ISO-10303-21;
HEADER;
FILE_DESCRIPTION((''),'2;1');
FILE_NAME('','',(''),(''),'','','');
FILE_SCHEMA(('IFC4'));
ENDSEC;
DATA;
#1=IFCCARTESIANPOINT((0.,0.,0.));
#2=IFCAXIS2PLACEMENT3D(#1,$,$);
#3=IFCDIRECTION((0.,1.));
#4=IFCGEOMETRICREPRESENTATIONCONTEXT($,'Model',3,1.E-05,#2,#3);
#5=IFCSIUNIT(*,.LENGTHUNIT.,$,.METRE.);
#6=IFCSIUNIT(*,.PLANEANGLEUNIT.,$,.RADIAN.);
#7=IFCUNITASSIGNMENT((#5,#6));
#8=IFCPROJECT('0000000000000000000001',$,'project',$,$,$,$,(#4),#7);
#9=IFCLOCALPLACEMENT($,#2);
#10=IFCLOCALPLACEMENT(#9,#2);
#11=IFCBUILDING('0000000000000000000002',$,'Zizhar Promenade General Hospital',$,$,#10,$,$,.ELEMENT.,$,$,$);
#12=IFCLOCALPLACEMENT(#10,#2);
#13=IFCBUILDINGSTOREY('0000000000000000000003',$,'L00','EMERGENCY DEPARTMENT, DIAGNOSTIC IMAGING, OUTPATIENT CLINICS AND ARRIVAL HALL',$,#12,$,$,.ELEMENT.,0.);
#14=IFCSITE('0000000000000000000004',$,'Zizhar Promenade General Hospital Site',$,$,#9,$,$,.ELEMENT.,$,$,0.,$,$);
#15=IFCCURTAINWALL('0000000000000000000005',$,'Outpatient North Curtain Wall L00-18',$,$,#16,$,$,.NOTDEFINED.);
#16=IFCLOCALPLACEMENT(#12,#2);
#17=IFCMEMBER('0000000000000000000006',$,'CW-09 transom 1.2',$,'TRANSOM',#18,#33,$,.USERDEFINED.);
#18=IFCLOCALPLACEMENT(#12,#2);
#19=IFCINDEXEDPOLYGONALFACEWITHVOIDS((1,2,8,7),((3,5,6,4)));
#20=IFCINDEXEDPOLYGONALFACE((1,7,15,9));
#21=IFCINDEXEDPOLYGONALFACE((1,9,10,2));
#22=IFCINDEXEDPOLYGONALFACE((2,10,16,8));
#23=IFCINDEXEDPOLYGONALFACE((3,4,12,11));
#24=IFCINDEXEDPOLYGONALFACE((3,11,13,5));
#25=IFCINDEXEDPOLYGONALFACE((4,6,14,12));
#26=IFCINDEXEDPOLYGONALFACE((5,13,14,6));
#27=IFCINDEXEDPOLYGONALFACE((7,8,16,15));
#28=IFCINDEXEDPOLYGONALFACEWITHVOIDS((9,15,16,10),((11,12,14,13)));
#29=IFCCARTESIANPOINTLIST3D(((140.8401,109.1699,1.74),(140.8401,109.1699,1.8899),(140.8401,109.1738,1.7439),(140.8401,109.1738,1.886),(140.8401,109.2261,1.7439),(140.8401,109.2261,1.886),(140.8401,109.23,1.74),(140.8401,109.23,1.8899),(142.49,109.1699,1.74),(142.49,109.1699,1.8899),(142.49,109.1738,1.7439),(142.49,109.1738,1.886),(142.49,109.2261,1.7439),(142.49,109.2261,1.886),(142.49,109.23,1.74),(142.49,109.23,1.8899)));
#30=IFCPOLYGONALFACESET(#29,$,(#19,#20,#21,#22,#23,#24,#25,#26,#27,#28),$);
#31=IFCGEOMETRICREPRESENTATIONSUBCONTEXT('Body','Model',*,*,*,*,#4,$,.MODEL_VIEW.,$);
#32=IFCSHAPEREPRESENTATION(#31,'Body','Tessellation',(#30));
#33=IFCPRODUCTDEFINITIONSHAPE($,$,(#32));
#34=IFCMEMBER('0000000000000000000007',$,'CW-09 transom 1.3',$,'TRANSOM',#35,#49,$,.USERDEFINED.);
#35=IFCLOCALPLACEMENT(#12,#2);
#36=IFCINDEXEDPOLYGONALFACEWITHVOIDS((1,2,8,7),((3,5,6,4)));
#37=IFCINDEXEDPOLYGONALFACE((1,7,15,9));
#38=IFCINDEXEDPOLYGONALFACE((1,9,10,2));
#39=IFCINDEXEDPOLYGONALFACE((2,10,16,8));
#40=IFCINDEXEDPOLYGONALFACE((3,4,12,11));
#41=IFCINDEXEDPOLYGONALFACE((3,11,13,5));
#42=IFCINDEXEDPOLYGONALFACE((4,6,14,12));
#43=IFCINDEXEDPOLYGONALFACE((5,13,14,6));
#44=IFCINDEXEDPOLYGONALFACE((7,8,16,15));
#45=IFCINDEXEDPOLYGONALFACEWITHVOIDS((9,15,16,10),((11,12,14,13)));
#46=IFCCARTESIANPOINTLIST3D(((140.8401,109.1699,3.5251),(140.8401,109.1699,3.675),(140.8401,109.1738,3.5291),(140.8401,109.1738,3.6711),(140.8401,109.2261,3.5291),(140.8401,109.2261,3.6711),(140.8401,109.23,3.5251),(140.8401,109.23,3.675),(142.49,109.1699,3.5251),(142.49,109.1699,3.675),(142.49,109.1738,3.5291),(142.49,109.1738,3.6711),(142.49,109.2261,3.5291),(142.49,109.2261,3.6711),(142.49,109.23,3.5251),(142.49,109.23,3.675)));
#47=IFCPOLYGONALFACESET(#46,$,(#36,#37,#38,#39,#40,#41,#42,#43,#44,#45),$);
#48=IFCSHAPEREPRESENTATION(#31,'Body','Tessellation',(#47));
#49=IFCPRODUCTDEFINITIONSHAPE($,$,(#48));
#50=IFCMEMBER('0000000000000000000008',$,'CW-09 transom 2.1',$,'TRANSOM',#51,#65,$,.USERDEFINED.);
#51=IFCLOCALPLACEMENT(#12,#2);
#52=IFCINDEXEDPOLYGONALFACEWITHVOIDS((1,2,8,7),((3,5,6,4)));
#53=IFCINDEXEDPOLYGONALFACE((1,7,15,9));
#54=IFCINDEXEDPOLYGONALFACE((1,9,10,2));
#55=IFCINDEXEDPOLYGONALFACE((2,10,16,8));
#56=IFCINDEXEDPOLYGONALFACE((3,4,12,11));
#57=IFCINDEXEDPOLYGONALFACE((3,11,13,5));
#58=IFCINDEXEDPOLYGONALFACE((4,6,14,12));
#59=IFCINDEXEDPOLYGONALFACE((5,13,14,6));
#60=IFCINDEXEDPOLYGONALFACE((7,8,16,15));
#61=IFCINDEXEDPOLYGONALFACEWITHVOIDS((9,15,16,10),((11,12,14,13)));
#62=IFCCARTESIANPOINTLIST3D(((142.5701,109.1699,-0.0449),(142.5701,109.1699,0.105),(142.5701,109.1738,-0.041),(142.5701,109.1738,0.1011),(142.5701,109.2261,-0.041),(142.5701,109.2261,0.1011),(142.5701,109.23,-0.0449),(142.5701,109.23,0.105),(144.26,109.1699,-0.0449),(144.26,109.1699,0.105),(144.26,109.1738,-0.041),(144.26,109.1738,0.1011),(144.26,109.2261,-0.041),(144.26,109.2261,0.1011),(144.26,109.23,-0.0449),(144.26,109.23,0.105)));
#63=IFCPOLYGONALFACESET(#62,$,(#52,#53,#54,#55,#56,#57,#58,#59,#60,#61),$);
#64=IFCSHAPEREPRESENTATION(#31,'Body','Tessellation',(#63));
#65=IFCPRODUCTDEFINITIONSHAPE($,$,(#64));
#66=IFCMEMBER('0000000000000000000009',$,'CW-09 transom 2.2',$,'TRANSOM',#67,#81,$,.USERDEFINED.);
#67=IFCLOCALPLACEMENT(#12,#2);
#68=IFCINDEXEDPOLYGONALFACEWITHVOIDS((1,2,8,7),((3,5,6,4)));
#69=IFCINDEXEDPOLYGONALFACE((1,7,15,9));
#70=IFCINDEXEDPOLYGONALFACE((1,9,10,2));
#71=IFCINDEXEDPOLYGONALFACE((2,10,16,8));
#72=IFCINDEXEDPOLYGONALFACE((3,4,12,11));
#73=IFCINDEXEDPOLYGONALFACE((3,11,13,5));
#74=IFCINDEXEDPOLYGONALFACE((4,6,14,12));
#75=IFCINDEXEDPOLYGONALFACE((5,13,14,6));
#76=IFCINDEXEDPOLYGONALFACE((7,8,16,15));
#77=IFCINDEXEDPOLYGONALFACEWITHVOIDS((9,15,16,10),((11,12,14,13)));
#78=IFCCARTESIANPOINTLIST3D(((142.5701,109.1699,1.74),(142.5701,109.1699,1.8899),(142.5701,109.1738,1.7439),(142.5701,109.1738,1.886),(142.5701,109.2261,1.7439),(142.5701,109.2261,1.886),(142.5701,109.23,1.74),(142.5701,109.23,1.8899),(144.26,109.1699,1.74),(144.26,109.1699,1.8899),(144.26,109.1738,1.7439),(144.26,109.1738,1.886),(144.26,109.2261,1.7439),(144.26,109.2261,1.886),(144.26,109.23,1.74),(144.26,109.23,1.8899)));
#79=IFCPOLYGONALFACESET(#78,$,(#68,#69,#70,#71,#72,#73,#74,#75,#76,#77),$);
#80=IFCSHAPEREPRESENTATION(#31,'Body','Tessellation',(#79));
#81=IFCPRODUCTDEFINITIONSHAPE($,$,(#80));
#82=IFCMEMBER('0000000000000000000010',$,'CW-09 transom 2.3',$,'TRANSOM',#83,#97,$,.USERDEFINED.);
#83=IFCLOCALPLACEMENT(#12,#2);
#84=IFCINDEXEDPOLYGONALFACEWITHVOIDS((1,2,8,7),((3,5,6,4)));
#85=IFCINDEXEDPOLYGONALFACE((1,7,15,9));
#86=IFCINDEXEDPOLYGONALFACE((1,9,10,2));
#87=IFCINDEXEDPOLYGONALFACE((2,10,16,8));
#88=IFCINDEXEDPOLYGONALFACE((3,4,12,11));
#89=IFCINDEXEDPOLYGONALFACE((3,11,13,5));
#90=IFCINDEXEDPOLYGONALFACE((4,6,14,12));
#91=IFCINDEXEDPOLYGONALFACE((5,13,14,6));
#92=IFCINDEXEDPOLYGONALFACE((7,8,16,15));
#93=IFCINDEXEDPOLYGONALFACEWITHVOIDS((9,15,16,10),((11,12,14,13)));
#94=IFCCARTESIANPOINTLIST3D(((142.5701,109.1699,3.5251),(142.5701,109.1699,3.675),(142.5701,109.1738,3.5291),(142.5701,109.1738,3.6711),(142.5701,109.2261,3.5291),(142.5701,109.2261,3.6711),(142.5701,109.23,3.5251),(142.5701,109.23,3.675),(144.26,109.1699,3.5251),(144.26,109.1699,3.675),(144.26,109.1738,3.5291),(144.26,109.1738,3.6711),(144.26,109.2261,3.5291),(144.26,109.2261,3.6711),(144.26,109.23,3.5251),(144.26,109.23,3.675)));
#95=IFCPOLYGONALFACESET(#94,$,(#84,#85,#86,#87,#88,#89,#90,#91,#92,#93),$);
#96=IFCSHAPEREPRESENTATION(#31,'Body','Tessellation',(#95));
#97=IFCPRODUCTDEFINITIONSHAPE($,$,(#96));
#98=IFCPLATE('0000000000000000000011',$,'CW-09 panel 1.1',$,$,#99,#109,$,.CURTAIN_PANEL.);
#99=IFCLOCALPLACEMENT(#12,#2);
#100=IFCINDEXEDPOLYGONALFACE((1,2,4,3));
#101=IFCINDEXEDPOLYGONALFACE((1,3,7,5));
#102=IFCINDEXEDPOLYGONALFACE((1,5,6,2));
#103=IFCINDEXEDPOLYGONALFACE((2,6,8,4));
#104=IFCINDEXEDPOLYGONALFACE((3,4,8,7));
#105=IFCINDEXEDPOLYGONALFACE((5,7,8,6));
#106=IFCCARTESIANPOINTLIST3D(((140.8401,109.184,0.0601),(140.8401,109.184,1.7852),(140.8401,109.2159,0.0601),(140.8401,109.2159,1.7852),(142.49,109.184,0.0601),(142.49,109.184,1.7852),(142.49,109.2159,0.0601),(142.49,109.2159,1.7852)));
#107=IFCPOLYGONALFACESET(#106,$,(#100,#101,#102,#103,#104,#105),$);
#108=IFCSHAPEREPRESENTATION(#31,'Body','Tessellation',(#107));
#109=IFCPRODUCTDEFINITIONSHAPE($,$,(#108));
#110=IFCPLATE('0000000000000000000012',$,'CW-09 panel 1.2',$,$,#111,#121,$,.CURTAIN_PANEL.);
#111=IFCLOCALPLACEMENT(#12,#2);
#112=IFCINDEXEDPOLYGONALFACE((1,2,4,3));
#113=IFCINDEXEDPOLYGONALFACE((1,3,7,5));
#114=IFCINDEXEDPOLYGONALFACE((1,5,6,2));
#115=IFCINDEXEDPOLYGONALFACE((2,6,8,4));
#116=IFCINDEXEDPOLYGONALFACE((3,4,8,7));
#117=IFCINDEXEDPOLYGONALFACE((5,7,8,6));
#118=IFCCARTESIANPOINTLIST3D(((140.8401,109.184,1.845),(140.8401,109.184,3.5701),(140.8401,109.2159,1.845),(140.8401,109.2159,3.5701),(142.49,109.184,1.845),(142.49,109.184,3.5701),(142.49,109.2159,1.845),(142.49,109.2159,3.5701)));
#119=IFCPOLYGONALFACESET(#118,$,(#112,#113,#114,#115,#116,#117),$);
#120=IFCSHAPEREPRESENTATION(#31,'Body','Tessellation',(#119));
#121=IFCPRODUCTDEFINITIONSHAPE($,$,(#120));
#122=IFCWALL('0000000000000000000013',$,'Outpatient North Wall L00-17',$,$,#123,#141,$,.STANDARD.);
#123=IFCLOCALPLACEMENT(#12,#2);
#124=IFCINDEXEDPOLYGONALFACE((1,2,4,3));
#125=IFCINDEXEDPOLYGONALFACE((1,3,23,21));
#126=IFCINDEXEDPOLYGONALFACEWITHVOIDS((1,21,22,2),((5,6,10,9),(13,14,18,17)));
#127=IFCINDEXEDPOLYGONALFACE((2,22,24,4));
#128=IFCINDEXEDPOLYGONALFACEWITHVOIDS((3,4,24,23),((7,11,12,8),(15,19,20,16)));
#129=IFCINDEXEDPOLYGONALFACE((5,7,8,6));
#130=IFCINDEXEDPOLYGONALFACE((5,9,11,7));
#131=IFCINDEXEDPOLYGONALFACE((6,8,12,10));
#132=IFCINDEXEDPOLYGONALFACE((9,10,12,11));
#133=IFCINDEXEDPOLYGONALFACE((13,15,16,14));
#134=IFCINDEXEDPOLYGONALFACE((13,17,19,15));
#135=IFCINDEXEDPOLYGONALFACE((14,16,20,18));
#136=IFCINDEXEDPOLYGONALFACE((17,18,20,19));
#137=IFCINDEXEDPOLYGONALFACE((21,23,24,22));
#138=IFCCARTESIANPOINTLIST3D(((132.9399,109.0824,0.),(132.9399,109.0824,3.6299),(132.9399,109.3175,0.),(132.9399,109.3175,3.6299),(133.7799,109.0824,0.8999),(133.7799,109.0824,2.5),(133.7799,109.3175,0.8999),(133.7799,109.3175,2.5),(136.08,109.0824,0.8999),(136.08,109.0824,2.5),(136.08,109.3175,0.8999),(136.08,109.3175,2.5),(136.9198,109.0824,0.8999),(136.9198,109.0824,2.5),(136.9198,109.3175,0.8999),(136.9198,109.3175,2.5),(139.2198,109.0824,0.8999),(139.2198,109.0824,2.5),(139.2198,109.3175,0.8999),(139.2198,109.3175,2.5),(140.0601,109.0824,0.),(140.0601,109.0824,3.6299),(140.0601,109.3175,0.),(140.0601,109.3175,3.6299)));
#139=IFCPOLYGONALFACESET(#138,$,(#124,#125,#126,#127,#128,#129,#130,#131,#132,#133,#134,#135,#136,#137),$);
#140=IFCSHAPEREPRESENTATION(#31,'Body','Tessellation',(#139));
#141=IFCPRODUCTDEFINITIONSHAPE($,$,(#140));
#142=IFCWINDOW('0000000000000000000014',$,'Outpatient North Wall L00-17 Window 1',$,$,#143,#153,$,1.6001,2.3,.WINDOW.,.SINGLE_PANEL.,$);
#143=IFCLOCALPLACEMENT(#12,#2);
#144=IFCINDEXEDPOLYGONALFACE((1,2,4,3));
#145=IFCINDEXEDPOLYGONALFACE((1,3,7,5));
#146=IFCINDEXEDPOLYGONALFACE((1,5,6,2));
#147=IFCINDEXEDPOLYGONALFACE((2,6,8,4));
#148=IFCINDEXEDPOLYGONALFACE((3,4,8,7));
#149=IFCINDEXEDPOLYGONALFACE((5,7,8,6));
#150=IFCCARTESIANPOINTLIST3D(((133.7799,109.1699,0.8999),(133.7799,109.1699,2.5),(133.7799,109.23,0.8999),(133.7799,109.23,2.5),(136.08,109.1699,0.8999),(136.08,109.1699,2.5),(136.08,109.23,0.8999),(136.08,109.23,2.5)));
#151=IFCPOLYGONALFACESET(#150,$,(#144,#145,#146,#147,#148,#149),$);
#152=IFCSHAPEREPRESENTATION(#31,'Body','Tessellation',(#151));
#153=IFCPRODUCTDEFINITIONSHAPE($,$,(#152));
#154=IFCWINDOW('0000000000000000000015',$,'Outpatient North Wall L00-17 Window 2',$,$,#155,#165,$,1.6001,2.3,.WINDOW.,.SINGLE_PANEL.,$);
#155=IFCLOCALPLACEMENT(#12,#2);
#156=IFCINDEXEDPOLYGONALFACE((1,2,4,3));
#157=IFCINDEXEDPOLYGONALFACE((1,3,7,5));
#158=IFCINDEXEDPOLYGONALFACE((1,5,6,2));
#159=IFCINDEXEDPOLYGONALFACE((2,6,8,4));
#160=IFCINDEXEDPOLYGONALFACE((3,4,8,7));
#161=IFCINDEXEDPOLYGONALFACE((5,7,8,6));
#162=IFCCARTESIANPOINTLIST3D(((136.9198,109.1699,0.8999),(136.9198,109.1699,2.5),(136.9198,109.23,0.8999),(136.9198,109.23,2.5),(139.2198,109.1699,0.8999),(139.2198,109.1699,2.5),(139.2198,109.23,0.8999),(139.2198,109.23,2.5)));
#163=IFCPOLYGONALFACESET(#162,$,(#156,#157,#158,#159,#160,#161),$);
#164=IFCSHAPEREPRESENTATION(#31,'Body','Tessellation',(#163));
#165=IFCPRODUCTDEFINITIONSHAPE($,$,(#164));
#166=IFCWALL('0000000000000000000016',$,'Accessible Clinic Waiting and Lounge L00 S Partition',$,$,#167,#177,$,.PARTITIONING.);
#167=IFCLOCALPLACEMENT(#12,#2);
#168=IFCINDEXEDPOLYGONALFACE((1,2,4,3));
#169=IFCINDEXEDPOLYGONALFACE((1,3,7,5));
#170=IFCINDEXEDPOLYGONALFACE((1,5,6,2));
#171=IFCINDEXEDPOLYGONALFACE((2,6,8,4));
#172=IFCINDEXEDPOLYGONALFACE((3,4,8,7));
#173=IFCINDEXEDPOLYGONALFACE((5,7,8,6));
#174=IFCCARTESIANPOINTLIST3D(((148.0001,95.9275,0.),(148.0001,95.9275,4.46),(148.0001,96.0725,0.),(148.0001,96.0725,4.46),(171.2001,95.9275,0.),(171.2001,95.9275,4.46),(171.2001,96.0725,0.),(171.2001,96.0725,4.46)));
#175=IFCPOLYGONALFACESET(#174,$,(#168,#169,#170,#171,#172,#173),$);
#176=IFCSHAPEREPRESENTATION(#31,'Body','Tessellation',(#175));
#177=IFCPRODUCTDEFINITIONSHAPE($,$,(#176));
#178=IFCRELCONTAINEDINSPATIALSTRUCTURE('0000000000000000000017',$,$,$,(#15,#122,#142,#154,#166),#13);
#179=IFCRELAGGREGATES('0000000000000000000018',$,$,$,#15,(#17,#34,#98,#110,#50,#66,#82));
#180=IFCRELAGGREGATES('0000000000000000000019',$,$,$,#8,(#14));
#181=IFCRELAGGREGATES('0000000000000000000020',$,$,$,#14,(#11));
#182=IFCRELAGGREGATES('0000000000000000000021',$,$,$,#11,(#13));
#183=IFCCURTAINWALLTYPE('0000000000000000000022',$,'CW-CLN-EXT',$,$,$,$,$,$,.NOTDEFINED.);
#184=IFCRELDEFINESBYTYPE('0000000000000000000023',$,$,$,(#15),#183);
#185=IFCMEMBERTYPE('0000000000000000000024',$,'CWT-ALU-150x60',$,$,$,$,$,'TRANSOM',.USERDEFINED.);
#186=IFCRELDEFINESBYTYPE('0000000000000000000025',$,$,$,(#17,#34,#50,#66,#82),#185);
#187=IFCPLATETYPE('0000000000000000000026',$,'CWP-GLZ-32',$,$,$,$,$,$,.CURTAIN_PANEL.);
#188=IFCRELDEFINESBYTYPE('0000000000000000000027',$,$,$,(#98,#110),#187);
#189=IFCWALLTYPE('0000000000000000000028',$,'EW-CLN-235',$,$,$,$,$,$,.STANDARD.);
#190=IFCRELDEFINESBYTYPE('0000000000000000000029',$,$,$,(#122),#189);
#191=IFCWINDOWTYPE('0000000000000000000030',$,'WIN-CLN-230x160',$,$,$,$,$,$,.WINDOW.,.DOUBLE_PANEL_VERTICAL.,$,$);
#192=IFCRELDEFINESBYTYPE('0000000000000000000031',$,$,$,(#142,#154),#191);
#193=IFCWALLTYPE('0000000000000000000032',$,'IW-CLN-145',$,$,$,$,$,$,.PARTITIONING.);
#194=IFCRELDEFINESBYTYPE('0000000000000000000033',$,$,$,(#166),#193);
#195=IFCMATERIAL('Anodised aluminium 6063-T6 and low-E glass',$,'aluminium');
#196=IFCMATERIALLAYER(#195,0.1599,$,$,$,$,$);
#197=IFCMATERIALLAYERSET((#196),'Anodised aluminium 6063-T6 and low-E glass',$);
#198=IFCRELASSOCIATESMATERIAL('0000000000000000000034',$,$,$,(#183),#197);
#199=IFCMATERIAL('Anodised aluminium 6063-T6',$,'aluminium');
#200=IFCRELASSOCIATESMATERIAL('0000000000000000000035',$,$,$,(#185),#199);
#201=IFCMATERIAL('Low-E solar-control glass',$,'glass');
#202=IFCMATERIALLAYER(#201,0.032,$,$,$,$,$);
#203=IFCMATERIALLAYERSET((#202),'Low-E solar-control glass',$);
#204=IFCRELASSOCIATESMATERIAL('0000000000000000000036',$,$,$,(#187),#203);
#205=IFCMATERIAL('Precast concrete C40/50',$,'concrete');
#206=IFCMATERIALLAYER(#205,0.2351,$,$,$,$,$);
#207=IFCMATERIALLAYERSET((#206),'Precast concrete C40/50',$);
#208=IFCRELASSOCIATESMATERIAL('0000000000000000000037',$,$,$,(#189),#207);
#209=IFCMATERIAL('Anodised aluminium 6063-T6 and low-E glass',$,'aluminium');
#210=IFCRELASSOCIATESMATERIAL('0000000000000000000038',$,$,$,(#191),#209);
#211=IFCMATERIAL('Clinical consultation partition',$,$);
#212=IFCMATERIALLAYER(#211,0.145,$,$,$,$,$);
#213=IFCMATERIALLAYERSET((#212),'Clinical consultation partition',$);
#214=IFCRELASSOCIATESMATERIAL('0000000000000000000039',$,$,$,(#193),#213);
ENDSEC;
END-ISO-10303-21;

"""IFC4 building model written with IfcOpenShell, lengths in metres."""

from ifc_helpers import new_model, si_unit, direction, frame, frame_2d, origin, origin_2d, place, context, subcontext, project, spatial, rectangle, hollow_rectangle, extrude, material, layer, layer_set, material_profile, profile_set, type_object, element, fill, aggregate, save


model = new_model("IFC4")

# Units and contexts
model_context = context("Model", 3, precision=1e-05, world=origin(), true_north=direction((0.0, 1.0)))
body_context = subcontext(model_context, "Body", "Model", "MODEL_VIEW")
ifc_project = project(units=[si_unit("LENGTHUNIT", "METRE"), si_unit("PLANEANGLEUNIT", "RADIAN")], contexts=[model_context])

# Site, building, storey
site_placement = place(None, origin())
site = spatial("IfcSite", under=ifc_project, at=site_placement, Name="Zizhar Promenade General Hospital Site", CompositionType="ELEMENT", RefElevation=0.0)
building_placement = place(site_placement, origin())
building = spatial("IfcBuilding", under=site, at=building_placement, Name="Zizhar Promenade General Hospital", CompositionType="ELEMENT")
storey_placement = place(building_placement, origin())
storey = spatial("IfcBuildingStorey", under=building, at=storey_placement, Name="L00", Description="EMERGENCY DEPARTMENT, DIAGNOSTIC IMAGING, OUTPATIENT CLINICS AND ARRIVAL HALL", CompositionType="ELEMENT", Elevation=0.0)

# Curtain wall, members, plates
ifc_material_1 = material(Name="Anodised aluminium 6063-T6 and low-E glass", Category="aluminium")
ifc_layer_1 = layer(ifc_material_1, 0.1599)
ifc_layer_set_1 = layer_set([ifc_layer_1], Name="Anodised aluminium 6063-T6 and low-E glass")
curtain_wall_type = type_object("IfcCurtainWallType", Name="CW-CLN-EXT", PredefinedType="NOTDEFINED", material=ifc_layer_set_1)
curtain_wall_placement = place(storey_placement, origin())
curtain_wall = element("IfcCurtainWall", 1, at=curtain_wall_placement, inside=storey, type_object=curtain_wall_type, Name="Outpatient North Curtain Wall L00-18", PredefinedType="NOTDEFINED")
ifc_material_2 = material(Name="Anodised aluminium 6063-T6", Category="aluminium")
ifc_material_profile_1 = material_profile(ifc_material_2, hollow_rectangle(XDim=0.0601, YDim=0.1499, WallThickness=0.0039, at=origin_2d()))
ifc_profile_set_1 = profile_set([ifc_material_profile_1], Name="Anodised aluminium 6063-T6")
member_type_1 = type_object("IfcMemberType", Name="CWT-ALU-150x60", ElementType="TRANSOM", PredefinedType="USERDEFINED", material=ifc_profile_set_1)
member_1_placement = place(storey_placement, frame((140.8401, 109.2, 1.8149), z_axis=(1.0, 0.0, 0.0), x_axis=(0.0, 1.0, 0.0)))
member_1 = element("IfcMember", 2, at=member_1_placement, type_object=member_type_1, Name="CW-09 transom 1.2", ObjectType="TRANSOM", PredefinedType="USERDEFINED", context=body_context, shape_type="SweptSolid", body=[
    extrude(hollow_rectangle(XDim=0.0601, YDim=0.1499, WallThickness=0.0039, at=origin_2d()), origin(), (0.0, 0.0, 1.0), 1.6499),
])
member_2_placement = place(storey_placement, frame((140.8401, 109.2, 3.6001), z_axis=(1.0, 0.0, 0.0), x_axis=(0.0, 1.0, 0.0)))
member_2 = element("IfcMember", 3, at=member_2_placement, type_object=member_type_1, Name="CW-09 transom 1.3", ObjectType="TRANSOM", PredefinedType="USERDEFINED", context=body_context, shape_type="SweptSolid", body=[
    extrude(hollow_rectangle(XDim=0.0601, YDim=0.1499, WallThickness=0.0039, at=origin_2d()), origin(), (0.0, 0.0, 1.0), 1.6499),
])
member_3_placement = place(storey_placement, frame((142.5701, 109.2, 0.03), z_axis=(1.0, 0.0, 0.0), x_axis=(0.0, 1.0, 0.0)))
member_3 = element("IfcMember", 4, at=member_3_placement, type_object=member_type_1, Name="CW-09 transom 2.1", ObjectType="TRANSOM", PredefinedType="USERDEFINED", context=body_context, shape_type="SweptSolid", body=[
    extrude(hollow_rectangle(XDim=0.0601, YDim=0.1499, WallThickness=0.0039, at=origin_2d()), origin(), (0.0, 0.0, 1.0), 1.6899),
])
member_4_placement = place(storey_placement, frame((142.5701, 109.2, 1.8149), z_axis=(1.0, 0.0, 0.0), x_axis=(0.0, 1.0, 0.0)))
member_4 = element("IfcMember", 5, at=member_4_placement, type_object=member_type_1, Name="CW-09 transom 2.2", ObjectType="TRANSOM", PredefinedType="USERDEFINED", context=body_context, shape_type="SweptSolid", body=[
    extrude(hollow_rectangle(XDim=0.0601, YDim=0.1499, WallThickness=0.0039, at=origin_2d()), origin(), (0.0, 0.0, 1.0), 1.6899),
])
member_5_placement = place(storey_placement, frame((142.5701, 109.2, 3.6001), z_axis=(1.0, 0.0, 0.0), x_axis=(0.0, 1.0, 0.0)))
member_5 = element("IfcMember", 6, at=member_5_placement, type_object=member_type_1, Name="CW-09 transom 2.3", ObjectType="TRANSOM", PredefinedType="USERDEFINED", context=body_context, shape_type="SweptSolid", body=[
    extrude(hollow_rectangle(XDim=0.0601, YDim=0.1499, WallThickness=0.0039, at=origin_2d()), origin(), (0.0, 0.0, 1.0), 1.6899),
])
ifc_material_3 = material(Name="Low-E solar-control glass", Category="glass")
ifc_layer_2 = layer(ifc_material_3, 0.032)
ifc_layer_set_2 = layer_set([ifc_layer_2], Name="Low-E solar-control glass")
plate_type = type_object("IfcPlateType", Name="CWP-GLZ-32", PredefinedType="CURTAIN_PANEL", material=ifc_layer_set_2)
plate_1_placement = place(storey_placement, frame((141.665, 109.2, 0.0601), z_axis=(0.0, 0.0, 1.0), x_axis=(1.0, 0.0, 0.0)))
plate_1 = element("IfcPlate", 7, at=plate_1_placement, type_object=plate_type, Name="CW-09 panel 1.1", PredefinedType="CURTAIN_PANEL", context=body_context, shape_type="SweptSolid", body=[
    extrude(rectangle(XDim=1.6499, YDim=0.032, at=origin_2d()), origin(), (0.0, 0.0, 1.0), 1.7251),
])
plate_2_placement = place(storey_placement, frame((141.665, 109.2, 1.845), z_axis=(0.0, 0.0, 1.0), x_axis=(1.0, 0.0, 0.0)))
plate_2 = element("IfcPlate", 8, at=plate_2_placement, type_object=plate_type, Name="CW-09 panel 1.2", PredefinedType="CURTAIN_PANEL", context=body_context, shape_type="SweptSolid", body=[
    extrude(rectangle(XDim=1.6499, YDim=0.032, at=origin_2d()), origin(), (0.0, 0.0, 1.0), 1.7251),
])
aggregate(curtain_wall, [member_1, member_2, plate_1, plate_2, member_3, member_4, member_5])

# Wall, openings, windows
ifc_material_4 = material(Name="Precast concrete C40/50", Category="concrete")
ifc_layer_3 = layer(ifc_material_4, 0.2351)
ifc_layer_set_3 = layer_set([ifc_layer_3], Name="Precast concrete C40/50")
wall_type_1 = type_object("IfcWallType", Name="EW-CLN-235", PredefinedType="STANDARD", material=ifc_layer_set_3)
wall_1_placement = place(storey_placement, frame((132.9399, 109.2, 0.0), z_axis=(0.0, 0.0, 1.0), x_axis=(1.0, 0.0, 0.0)))
wall_1 = element("IfcWall", 9, at=wall_1_placement, inside=storey, type_object=wall_type_1, Name="Outpatient North Wall L00-17", PredefinedType="STANDARD", context=body_context, shape_type="SweptSolid", body=[
    extrude(rectangle(XDim=7.1201, YDim=0.2351, at=frame_2d((3.5601, 0.0))), origin(), (0.0, 0.0, 1.0), 3.6299),
])
opening_1_placement = place(wall_1_placement, frame((0.8401, 0.0, 0.8999)))
opening_1 = element("IfcOpeningElement", 10, at=opening_1_placement, cuts=wall_1, PredefinedType="OPENING", context=body_context, shape_type="SweptSolid", body=[
    extrude(rectangle(XDim=2.3, YDim=1.6001, at=frame_2d((1.1499, 0.8))), frame((0.0, 0.1274, 0.0), z_axis=(0.0, -1.0, 0.0), x_axis=(1.0, 0.0, 0.0)), (0.0, 0.0, 1.0), 0.2551),
])
opening_2_placement = place(wall_1_placement, frame((3.98, 0.0, 0.8999)))
opening_2 = element("IfcOpeningElement", 11, at=opening_2_placement, cuts=wall_1, PredefinedType="OPENING", context=body_context, shape_type="SweptSolid", body=[
    extrude(rectangle(XDim=2.3, YDim=1.6001, at=frame_2d((1.1499, 0.8))), frame((0.0, 0.1274, 0.0), z_axis=(0.0, -1.0, 0.0), x_axis=(1.0, 0.0, 0.0)), (0.0, 0.0, 1.0), 0.2551),
])
ifc_material_5 = material(Name="Anodised aluminium 6063-T6 and low-E glass", Category="aluminium")
window_type = type_object("IfcWindowType", Name="WIN-CLN-230x160", PartitioningType="DOUBLE_PANEL_VERTICAL", PredefinedType="WINDOW", material=ifc_material_5)
window_1_placement = place(opening_1_placement, origin())
window_1 = element("IfcWindow", 12, at=window_1_placement, inside=storey, type_object=window_type, Name="Outpatient North Wall L00-17 Window 1", OverallHeight=1.6001, OverallWidth=2.3, PartitioningType="SINGLE_PANEL", PredefinedType="WINDOW", context=body_context, shape_type="SweptSolid", body=[
    extrude(rectangle(XDim=2.3, YDim=1.6001, at=frame_2d((1.1499, 0.8))), frame((0.0, 0.03, 0.0), z_axis=(0.0, -1.0, 0.0), x_axis=(1.0, 0.0, 0.0)), (0.0, 0.0, 1.0), 0.0601),
])
fill(opening_1, window_1)
window_2_placement = place(opening_2_placement, origin())
window_2 = element("IfcWindow", 13, at=window_2_placement, inside=storey, type_object=window_type, Name="Outpatient North Wall L00-17 Window 2", OverallHeight=1.6001, OverallWidth=2.3, PartitioningType="SINGLE_PANEL", PredefinedType="WINDOW", context=body_context, shape_type="SweptSolid", body=[
    extrude(rectangle(XDim=2.3, YDim=1.6001, at=frame_2d((1.1499, 0.8))), frame((0.0, 0.03, 0.0), z_axis=(0.0, -1.0, 0.0), x_axis=(1.0, 0.0, 0.0)), (0.0, 0.0, 1.0), 0.0601),
])
fill(opening_2, window_2)

# Wall
ifc_material_6 = material(Name="Clinical consultation partition")
ifc_layer_4 = layer(ifc_material_6, 0.145)
ifc_layer_set_4 = layer_set([ifc_layer_4], Name="Clinical consultation partition")
wall_type_2 = type_object("IfcWallType", Name="IW-CLN-145", PredefinedType="PARTITIONING", material=ifc_layer_set_4)
wall_2_placement = place(storey_placement, frame((148.0, 96.0, 0.0), z_axis=(0.0, 0.0, 1.0), x_axis=(1.0, 0.0, 0.0)))
element("IfcWall", 14, at=wall_2_placement, inside=storey, type_object=wall_type_2, Name="Accessible Clinic Waiting and Lounge L00 S Partition", PredefinedType="PARTITIONING", context=body_context, shape_type="SweptSolid", body=[
    extrude(rectangle(XDim=23.2, YDim=0.145, at=frame_2d((11.6001, 0.0))), origin(), (0.0, 0.0, 1.0), 4.46),
])

save(model, "model.ifc")
